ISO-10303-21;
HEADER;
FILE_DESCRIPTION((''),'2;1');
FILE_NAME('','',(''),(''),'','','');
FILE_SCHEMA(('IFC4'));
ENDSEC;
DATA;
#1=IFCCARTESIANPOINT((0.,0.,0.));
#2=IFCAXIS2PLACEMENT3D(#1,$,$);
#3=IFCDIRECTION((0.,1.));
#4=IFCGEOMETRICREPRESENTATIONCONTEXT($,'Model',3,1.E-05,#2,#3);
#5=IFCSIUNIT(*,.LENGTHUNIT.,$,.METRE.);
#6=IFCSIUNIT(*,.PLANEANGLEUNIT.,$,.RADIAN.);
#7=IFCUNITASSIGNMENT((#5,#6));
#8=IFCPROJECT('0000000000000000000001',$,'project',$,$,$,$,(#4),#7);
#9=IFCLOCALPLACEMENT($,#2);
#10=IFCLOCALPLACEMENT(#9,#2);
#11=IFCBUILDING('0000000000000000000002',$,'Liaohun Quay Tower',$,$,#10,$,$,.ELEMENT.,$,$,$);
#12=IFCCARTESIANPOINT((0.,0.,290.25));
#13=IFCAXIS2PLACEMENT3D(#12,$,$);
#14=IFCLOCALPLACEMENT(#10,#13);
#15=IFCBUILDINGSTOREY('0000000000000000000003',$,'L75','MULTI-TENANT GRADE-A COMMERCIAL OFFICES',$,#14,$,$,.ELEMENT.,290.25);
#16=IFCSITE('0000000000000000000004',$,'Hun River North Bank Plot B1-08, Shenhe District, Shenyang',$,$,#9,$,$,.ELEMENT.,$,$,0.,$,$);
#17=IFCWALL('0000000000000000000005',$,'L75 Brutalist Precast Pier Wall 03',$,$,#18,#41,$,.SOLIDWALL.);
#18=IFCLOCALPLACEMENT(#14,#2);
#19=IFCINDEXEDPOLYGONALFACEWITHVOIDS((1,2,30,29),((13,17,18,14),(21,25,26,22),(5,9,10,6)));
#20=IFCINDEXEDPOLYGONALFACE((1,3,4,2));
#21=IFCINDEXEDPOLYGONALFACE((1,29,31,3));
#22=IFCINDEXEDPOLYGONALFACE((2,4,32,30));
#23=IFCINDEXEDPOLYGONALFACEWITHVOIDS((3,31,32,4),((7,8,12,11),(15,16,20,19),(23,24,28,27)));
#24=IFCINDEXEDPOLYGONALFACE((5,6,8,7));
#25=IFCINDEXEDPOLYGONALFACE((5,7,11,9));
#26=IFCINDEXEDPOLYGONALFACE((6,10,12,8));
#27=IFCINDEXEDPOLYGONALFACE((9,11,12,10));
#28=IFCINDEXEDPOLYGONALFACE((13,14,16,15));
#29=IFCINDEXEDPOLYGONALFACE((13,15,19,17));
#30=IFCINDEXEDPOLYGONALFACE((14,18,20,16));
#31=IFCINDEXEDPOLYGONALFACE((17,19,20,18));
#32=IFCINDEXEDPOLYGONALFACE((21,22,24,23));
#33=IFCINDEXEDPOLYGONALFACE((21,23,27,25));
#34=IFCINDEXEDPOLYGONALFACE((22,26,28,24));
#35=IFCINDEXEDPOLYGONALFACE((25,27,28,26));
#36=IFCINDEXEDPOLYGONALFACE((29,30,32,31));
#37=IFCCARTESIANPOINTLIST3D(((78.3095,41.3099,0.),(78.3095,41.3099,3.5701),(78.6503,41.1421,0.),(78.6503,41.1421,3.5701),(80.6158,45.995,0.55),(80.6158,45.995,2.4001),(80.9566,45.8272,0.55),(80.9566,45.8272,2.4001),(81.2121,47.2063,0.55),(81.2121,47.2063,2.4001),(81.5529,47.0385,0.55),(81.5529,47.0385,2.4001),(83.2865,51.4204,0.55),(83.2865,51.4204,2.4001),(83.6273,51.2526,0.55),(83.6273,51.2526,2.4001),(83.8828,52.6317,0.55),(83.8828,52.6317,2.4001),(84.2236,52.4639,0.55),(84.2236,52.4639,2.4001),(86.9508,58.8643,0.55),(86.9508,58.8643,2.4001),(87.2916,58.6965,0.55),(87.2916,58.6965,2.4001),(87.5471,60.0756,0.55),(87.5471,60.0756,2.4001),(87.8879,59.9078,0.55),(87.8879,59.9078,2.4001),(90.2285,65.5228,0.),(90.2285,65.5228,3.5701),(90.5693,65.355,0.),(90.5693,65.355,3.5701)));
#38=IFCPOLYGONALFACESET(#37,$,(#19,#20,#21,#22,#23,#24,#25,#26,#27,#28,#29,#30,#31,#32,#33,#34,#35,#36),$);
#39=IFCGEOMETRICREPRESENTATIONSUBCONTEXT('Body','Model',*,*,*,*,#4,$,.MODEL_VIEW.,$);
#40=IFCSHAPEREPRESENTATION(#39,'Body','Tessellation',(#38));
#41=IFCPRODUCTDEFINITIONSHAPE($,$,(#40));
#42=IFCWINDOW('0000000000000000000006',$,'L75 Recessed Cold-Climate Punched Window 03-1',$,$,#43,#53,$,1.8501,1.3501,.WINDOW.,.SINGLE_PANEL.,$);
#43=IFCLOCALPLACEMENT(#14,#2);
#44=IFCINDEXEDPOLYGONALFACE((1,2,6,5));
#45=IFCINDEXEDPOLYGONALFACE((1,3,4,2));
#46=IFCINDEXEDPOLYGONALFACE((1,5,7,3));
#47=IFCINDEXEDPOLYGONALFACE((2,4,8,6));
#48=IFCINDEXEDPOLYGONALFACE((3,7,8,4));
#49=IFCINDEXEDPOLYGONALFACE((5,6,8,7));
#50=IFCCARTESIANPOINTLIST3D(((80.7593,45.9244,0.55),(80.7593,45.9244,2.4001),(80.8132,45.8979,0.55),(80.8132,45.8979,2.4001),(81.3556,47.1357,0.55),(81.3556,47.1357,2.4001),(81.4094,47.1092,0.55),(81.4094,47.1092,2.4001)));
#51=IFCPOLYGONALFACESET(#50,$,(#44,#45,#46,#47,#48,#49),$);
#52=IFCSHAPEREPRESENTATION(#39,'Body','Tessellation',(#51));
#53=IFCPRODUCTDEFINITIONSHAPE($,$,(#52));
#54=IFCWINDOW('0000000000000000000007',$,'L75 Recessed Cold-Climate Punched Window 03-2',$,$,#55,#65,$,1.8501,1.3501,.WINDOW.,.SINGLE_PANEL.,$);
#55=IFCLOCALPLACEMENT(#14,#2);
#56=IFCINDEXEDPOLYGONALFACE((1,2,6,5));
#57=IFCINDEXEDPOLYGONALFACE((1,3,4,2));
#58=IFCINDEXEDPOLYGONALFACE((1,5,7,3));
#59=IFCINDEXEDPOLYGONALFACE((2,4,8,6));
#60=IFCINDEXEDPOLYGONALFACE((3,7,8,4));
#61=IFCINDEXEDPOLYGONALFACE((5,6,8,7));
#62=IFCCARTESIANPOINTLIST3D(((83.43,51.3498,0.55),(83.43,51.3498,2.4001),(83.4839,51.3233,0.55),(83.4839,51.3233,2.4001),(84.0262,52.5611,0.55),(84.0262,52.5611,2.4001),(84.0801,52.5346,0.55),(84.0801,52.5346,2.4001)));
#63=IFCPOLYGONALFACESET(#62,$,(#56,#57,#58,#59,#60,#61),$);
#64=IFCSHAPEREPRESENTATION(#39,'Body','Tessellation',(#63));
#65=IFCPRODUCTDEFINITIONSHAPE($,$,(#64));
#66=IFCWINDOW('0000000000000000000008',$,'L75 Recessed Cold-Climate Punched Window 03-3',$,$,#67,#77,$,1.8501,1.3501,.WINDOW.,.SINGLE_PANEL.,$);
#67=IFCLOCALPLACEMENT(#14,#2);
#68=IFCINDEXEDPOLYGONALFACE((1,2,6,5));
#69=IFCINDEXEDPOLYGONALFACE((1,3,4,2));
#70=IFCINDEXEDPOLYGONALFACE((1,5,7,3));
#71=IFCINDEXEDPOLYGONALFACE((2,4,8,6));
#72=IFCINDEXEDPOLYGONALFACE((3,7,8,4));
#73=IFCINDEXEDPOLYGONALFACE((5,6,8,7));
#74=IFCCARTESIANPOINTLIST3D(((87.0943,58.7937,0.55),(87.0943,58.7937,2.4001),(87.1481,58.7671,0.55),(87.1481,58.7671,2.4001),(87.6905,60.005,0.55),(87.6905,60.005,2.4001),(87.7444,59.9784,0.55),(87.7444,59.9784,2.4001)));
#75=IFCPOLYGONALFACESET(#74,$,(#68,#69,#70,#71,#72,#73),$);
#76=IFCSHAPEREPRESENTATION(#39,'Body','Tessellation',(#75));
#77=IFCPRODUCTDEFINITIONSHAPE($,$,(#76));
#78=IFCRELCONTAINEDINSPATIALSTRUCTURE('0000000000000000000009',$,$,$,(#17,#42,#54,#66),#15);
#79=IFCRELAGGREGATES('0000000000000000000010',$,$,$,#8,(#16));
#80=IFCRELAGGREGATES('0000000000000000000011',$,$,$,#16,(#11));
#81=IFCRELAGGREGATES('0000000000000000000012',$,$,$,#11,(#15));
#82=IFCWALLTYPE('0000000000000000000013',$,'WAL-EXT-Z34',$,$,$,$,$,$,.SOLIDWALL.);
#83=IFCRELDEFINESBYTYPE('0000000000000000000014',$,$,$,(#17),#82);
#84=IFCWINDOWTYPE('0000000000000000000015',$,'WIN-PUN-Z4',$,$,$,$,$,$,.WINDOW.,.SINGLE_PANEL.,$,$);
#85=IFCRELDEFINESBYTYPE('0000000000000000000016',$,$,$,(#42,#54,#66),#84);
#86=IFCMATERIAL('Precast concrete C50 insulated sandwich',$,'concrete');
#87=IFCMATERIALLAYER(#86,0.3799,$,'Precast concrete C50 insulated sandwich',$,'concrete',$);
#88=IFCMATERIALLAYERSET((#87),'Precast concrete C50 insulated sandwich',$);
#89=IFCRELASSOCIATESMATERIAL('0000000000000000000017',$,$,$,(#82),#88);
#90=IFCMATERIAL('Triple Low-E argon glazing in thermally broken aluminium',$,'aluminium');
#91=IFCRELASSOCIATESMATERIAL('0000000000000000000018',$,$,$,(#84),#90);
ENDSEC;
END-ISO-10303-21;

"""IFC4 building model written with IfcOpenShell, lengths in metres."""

from ifc_helpers import new_model, si_unit, direction, frame, frame_2d, origin, place, context, subcontext, project, spatial, rectangle, extrude, source, transform, mapped, material, layer, layer_set, type_object, element, fill, save


model = new_model("IFC4")

# Units and contexts
model_context = context("Model", 3, precision=1e-05, world=origin(), true_north=direction((0.0, 1.0)))
body_context = subcontext(model_context, "Body", "Model", "MODEL_VIEW")
ifc_project = project(units=[si_unit("LENGTHUNIT", "METRE"), si_unit("PLANEANGLEUNIT", "RADIAN")], contexts=[model_context])

# Site, building, storey
site_placement = place(None, origin())
site = spatial("IfcSite", under=ifc_project, at=site_placement, Name="Hun River North Bank Plot B1-08, Shenhe District, Shenyang", CompositionType="ELEMENT", RefElevation=0.0)
building_placement = place(site_placement, origin())
building = spatial("IfcBuilding", under=site, at=building_placement, Name="Liaohun Quay Tower", CompositionType="ELEMENT")
storey_placement = place(building_placement, frame((0.0, 0.0, 290.25)))
storey = spatial("IfcBuildingStorey", under=building, at=storey_placement, Name="L75", Description="MULTI-TENANT GRADE-A COMMERCIAL OFFICES", CompositionType="ELEMENT", Elevation=290.25)

# Shared definitions
ifc_material_1 = material(Name="Precast concrete C50 insulated sandwich", Category="concrete")
ifc_layer_1 = layer(ifc_material_1, 0.3799, Name="Precast concrete C50 insulated sandwich", Category="concrete")
ifc_layer_set_1 = layer_set([ifc_layer_1], Name="Precast concrete C50 insulated sandwich")
wall_type_1 = type_object("IfcWallType", Name="WAL-EXT-Z34", PredefinedType="SOLIDWALL", material=ifc_layer_set_1)

# Wall, openings, windows
shared_shape_1 = source(origin(), body_context, "Body", "SweptSolid", [
    extrude(rectangle(XDim=1.3501, YDim=1.8501, at=frame_2d((0.675, 0.925))), frame((0.0, 0.2, 0.0), z_axis=(0.0, -1.0, 0.0), x_axis=(1.0, 0.0, 0.0)), (0.0, 0.0, 1.0), 0.3999),
])
ifc_material_2 = material(Name="Triple Low-E argon glazing in thermally broken aluminium", Category="aluminium")
window_type_1 = type_object("IfcWindowType", Name="WIN-PUN-Z4", PartitioningType="SINGLE_PANEL", PredefinedType="WINDOW", material=ifc_material_2)
shared_shape_2 = source(origin(), body_context, "Body", "SweptSolid", [
    extrude(rectangle(XDim=1.3501, YDim=1.8501, at=frame_2d((0.675, 0.925))), frame((0.0, 0.03, 0.0), z_axis=(0.0, -1.0, 0.0), x_axis=(1.0, 0.0, 0.0)), (0.0, 0.0, 1.0), 0.0601),
])
wall_1_placement = place(storey_placement, frame((78.48, 41.2261, 0.0), z_axis=(0.0, 0.0, 1.0), x_axis=(0.441647, 0.897189, 0.0)))
wall_1 = element("IfcWall", 1, at=wall_1_placement, inside=storey, type_object=wall_type_1, Name="L75 Brutalist Precast Pier Wall 03", PredefinedType="SOLIDWALL", context=body_context, shape_type="SweptSolid", body=[
    extrude(rectangle(XDim=26.9875, YDim=0.3799, at=frame_2d((13.4937, 0.0))), origin(), (0.0, 0.0, 1.0), 3.5701),
])
opening_1_placement = place(wall_1_placement, frame((5.2219, 0.0, 0.55)))
opening_1 = element("IfcOpeningElement", 2, at=opening_1_placement, cuts=wall_1, PredefinedType="OPENING", context=body_context, shape_type="MappedRepresentation", body=[
    mapped(shared_shape_1, transform((0.0, 0.0, 0.0), x_axis=(1.0, 0.0, 0.0), y_axis=(0.0, 1.0, 0.0), z_axis=(0.0, 0.0, 1.0), scale=1.0)),
])
opening_2_placement = place(wall_1_placement, frame((11.269, 0.0, 0.55)))
opening_2 = element("IfcOpeningElement", 3, at=opening_2_placement, cuts=wall_1, PredefinedType="OPENING", context=body_context, shape_type="MappedRepresentation", body=[
    mapped(shared_shape_1, transform((0.0, 0.0, 0.0), x_axis=(1.0, 0.0, 0.0), y_axis=(0.0, 1.0, 0.0), z_axis=(0.0, 0.0, 1.0), scale=1.0)),
])
opening_3_placement = place(wall_1_placement, frame((19.5659, 0.0, 0.55)))
opening_3 = element("IfcOpeningElement", 4, at=opening_3_placement, cuts=wall_1, PredefinedType="OPENING", context=body_context, shape_type="MappedRepresentation", body=[
    mapped(shared_shape_1, transform((0.0, 0.0, 0.0), x_axis=(1.0, 0.0, 0.0), y_axis=(0.0, 1.0, 0.0), z_axis=(0.0, 0.0, 1.0), scale=1.0)),
])
window_1_placement = place(opening_1_placement, origin())
window_1 = element("IfcWindow", 5, at=window_1_placement, inside=storey, type_object=window_type_1, Name="L75 Recessed Cold-Climate Punched Window 03-1", OverallHeight=1.8501, OverallWidth=1.3501, PartitioningType="SINGLE_PANEL", PredefinedType="WINDOW", context=body_context, shape_type="MappedRepresentation", body=[
    mapped(shared_shape_2, transform((0.0, 0.0, 0.0), x_axis=(1.0, 0.0, 0.0), y_axis=(0.0, 1.0, 0.0), z_axis=(0.0, 0.0, 1.0), scale=1.0)),
])
fill(opening_1, window_1)
window_2_placement = place(opening_2_placement, origin())
window_2 = element("IfcWindow", 6, at=window_2_placement, inside=storey, type_object=window_type_1, Name="L75 Recessed Cold-Climate Punched Window 03-2", OverallHeight=1.8501, OverallWidth=1.3501, PartitioningType="SINGLE_PANEL", PredefinedType="WINDOW", context=body_context, shape_type="MappedRepresentation", body=[
    mapped(shared_shape_2, transform((0.0, 0.0, 0.0), x_axis=(1.0, 0.0, 0.0), y_axis=(0.0, 1.0, 0.0), z_axis=(0.0, 0.0, 1.0), scale=1.0)),
])
fill(opening_2, window_2)
window_3_placement = place(opening_3_placement, origin())
window_3 = element("IfcWindow", 7, at=window_3_placement, inside=storey, type_object=window_type_1, Name="L75 Recessed Cold-Climate Punched Window 03-3", OverallHeight=1.8501, OverallWidth=1.3501, PartitioningType="SINGLE_PANEL", PredefinedType="WINDOW", context=body_context, shape_type="MappedRepresentation", body=[
    mapped(shared_shape_2, transform((0.0, 0.0, 0.0), x_axis=(1.0, 0.0, 0.0), y_axis=(0.0, 1.0, 0.0), z_axis=(0.0, 0.0, 1.0), scale=1.0)),
])
fill(opening_3, window_3)

save(model, "model.ifc")
